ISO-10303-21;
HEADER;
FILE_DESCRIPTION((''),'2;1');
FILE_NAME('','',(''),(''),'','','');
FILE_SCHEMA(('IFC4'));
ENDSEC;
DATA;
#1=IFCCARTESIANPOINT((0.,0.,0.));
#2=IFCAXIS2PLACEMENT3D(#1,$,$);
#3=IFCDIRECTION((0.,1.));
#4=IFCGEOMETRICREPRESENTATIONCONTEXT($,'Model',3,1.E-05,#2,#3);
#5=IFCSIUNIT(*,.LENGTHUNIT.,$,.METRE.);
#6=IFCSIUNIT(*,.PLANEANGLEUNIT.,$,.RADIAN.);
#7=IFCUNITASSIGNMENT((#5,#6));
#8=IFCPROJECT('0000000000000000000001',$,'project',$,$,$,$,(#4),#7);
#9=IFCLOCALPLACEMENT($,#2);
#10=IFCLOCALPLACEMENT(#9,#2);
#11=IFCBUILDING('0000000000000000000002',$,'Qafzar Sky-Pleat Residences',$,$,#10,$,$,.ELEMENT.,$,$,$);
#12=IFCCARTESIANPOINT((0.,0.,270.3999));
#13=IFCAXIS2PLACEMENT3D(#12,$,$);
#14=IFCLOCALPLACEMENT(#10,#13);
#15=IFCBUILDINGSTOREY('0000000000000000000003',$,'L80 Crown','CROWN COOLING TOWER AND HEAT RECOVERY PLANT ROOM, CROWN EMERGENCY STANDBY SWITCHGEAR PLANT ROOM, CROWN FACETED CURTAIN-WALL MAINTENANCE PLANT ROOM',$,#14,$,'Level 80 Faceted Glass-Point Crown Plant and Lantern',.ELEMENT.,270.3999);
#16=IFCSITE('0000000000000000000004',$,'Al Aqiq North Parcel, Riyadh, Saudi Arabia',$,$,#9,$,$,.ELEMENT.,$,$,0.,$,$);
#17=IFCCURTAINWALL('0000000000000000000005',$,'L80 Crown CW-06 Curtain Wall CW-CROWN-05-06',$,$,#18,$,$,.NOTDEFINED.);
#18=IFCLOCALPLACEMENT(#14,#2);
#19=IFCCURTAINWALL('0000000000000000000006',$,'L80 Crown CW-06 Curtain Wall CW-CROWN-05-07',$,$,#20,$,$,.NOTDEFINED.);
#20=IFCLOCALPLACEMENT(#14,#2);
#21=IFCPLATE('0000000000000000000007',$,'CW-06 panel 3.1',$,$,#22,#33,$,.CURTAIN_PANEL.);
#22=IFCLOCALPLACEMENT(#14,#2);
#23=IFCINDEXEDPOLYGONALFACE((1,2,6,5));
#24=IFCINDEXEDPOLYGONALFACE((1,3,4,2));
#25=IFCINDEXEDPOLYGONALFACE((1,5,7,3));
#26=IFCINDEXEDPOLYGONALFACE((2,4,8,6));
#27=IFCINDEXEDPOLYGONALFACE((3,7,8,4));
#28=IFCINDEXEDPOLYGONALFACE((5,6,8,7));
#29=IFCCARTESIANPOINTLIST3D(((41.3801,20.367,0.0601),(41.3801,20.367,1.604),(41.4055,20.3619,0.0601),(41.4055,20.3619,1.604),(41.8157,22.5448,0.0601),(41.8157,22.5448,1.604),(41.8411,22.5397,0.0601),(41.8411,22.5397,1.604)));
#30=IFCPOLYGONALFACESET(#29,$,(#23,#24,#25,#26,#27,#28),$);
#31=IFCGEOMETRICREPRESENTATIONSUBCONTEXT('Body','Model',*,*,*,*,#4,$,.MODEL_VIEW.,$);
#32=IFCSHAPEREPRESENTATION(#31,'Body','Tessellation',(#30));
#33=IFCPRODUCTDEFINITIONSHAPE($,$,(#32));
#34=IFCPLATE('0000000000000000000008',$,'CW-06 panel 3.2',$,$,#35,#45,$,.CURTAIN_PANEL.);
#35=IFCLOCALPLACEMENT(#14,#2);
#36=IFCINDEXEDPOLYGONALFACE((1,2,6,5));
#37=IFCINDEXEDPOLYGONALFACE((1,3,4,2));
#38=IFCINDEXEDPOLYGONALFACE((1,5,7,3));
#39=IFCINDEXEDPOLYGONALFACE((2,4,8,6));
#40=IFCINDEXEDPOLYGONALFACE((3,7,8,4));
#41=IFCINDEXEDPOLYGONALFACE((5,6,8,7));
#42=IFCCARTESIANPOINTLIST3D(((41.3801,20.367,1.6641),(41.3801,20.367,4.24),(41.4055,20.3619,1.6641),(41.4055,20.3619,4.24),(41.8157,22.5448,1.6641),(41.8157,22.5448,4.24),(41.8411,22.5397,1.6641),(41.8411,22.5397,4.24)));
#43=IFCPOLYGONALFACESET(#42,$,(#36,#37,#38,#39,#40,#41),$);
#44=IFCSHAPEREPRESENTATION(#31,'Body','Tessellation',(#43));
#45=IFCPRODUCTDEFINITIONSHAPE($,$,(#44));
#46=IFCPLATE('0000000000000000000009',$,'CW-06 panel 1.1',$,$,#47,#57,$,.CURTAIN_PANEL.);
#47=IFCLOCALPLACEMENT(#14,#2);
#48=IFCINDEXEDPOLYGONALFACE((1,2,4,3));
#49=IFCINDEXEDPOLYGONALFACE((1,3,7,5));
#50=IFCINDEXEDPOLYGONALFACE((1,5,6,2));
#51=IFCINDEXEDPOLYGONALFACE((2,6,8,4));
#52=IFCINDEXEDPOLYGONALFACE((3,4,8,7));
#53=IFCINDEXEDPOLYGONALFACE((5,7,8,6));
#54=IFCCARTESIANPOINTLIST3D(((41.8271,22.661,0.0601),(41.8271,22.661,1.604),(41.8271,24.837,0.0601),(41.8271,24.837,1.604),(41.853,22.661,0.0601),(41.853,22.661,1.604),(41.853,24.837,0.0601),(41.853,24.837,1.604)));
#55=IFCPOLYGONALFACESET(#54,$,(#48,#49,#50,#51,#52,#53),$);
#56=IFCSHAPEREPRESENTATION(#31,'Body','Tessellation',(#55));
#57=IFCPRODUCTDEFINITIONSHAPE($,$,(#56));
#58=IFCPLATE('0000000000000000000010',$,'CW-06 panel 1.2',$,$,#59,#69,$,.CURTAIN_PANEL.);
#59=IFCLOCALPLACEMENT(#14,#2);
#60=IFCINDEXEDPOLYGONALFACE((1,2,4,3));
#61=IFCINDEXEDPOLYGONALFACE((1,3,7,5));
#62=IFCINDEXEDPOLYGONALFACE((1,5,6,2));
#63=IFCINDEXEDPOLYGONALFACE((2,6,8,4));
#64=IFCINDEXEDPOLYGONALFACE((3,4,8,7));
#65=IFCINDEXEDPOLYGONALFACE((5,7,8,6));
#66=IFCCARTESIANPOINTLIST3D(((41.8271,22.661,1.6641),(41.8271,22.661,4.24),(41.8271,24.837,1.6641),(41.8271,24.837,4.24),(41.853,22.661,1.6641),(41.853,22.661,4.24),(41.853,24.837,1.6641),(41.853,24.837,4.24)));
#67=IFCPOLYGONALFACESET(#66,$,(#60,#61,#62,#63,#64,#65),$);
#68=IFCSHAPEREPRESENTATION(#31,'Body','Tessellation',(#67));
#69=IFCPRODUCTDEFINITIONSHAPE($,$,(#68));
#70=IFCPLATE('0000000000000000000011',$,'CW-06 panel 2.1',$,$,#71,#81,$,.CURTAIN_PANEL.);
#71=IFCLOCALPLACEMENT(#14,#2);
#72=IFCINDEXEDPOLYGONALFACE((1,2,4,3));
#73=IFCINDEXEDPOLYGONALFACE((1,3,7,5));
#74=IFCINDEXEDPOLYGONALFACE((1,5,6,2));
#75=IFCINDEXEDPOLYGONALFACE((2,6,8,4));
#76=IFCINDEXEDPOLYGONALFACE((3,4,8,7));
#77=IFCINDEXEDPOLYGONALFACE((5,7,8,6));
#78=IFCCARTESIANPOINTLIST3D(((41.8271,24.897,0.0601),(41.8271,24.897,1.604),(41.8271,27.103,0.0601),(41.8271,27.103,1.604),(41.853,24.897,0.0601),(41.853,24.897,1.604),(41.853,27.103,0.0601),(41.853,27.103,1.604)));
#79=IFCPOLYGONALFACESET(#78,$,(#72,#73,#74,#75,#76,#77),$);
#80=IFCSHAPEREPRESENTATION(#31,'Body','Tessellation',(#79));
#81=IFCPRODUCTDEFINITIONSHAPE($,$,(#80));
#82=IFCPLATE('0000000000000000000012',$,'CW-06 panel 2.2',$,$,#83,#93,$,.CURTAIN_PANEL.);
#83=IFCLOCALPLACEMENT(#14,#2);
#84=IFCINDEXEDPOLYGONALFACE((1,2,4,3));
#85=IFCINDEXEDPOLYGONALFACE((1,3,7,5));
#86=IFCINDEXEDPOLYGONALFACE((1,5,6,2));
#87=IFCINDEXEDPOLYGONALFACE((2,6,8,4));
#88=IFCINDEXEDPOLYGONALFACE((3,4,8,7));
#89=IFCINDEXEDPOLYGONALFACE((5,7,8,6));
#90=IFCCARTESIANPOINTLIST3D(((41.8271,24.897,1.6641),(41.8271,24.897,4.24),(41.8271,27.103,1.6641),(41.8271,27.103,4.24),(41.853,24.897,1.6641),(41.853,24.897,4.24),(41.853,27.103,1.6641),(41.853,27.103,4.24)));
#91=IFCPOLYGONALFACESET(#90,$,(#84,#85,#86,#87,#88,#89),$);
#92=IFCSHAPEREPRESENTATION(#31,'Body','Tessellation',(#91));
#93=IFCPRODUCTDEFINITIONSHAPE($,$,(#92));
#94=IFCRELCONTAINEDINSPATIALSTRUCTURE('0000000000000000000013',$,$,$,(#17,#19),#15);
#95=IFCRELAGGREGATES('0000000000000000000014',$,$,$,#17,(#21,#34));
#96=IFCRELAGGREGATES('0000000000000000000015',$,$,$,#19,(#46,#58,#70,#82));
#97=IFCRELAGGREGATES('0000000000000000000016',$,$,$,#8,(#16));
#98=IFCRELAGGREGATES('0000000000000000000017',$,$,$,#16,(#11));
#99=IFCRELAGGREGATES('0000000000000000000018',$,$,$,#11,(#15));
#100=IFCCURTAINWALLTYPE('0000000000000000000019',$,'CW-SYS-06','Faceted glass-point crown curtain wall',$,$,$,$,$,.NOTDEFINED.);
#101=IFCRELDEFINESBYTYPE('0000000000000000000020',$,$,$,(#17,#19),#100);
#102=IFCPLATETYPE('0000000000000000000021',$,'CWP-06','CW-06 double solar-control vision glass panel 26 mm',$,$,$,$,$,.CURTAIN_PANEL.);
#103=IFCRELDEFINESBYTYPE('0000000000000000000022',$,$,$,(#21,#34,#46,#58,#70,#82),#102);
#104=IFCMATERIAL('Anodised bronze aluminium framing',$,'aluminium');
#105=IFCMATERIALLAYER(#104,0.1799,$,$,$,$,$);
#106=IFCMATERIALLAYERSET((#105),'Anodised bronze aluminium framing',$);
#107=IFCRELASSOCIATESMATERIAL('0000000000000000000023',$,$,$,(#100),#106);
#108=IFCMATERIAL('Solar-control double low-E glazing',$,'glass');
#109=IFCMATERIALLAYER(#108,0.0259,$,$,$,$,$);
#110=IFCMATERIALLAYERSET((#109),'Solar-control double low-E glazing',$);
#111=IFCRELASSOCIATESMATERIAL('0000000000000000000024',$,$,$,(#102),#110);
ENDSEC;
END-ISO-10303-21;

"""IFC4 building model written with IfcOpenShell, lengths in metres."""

from ifc_helpers import new_model, si_unit, direction, frame, origin, origin_2d, place, context, subcontext, project, spatial, rectangle, extrude, source, transform, mapped, material, layer, layer_set, type_object, element, aggregate, save


model = new_model("IFC4")

# Units and contexts
model_context = context("Model", 3, precision=1e-05, world=origin(), true_north=direction((0.0, 1.0)))
body_context = subcontext(model_context, "Body", "Model", "MODEL_VIEW")
ifc_project = project(units=[si_unit("LENGTHUNIT", "METRE"), si_unit("PLANEANGLEUNIT", "RADIAN")], contexts=[model_context])

# Site, building, storey
site_placement = place(None, origin())
site = spatial("IfcSite", under=ifc_project, at=site_placement, Name="Al Aqiq North Parcel, Riyadh, Saudi Arabia", CompositionType="ELEMENT", RefElevation=0.0)
building_placement = place(site_placement, origin())
building = spatial("IfcBuilding", under=site, at=building_placement, Name="Qafzar Sky-Pleat Residences", CompositionType="ELEMENT")
storey_placement = place(building_placement, frame((0.0, 0.0, 270.3999)))
storey = spatial("IfcBuildingStorey", under=building, at=storey_placement, Name="L80 Crown", Description="CROWN COOLING TOWER AND HEAT RECOVERY PLANT ROOM, CROWN EMERGENCY STANDBY SWITCHGEAR PLANT ROOM, CROWN FACETED CURTAIN-WALL MAINTENANCE PLANT ROOM", LongName="Level 80 Faceted Glass-Point Crown Plant and Lantern", CompositionType="ELEMENT", Elevation=270.3999)

# Curtain walls
ifc_material_1 = material(Name="Anodised bronze aluminium framing", Category="aluminium")
ifc_layer_1 = layer(ifc_material_1, 0.1799)
ifc_layer_set_1 = layer_set([ifc_layer_1], Name="Anodised bronze aluminium framing")
curtain_wall_type = type_object("IfcCurtainWallType", Name="CW-SYS-06", Description="Faceted glass-point crown curtain wall", PredefinedType="NOTDEFINED", material=ifc_layer_set_1)
curtain_wall_1_placement = place(storey_placement, origin())
curtain_wall_1 = element("IfcCurtainWall", 1, at=curtain_wall_1_placement, inside=storey, type_object=curtain_wall_type, Name="L80 Crown CW-06 Curtain Wall CW-CROWN-05-06", PredefinedType="NOTDEFINED")
curtain_wall_2_placement = place(storey_placement, origin())
curtain_wall_2 = element("IfcCurtainWall", 2, at=curtain_wall_2_placement, inside=storey, type_object=curtain_wall_type, Name="L80 Crown CW-06 Curtain Wall CW-CROWN-05-07", PredefinedType="NOTDEFINED")

# Plates
ifc_material_2 = material(Name="Solar-control double low-E glazing", Category="glass")
ifc_layer_2 = layer(ifc_material_2, 0.0259)
ifc_layer_set_2 = layer_set([ifc_layer_2], Name="Solar-control double low-E glazing")
plate_type = type_object("IfcPlateType", Name="CWP-06", Description="CW-06 double solar-control vision glass panel 26 mm", PredefinedType="CURTAIN_PANEL", material=ifc_layer_set_2)
shared_shape_1 = source(origin(), body_context, "Body", "SweptSolid", [
    extrude(rectangle(XDim=2.2209, YDim=0.0259, at=origin_2d()), origin(), (0.0, 0.0, 1.0), 1.5439),
])
plate_1_placement = place(storey_placement, frame((41.6106, 21.4534, 0.0601), z_axis=(0.0, 0.0, 1.0), x_axis=(0.196116, 0.980581, 0.0)))
plate_1 = element("IfcPlate", 3, at=plate_1_placement, type_object=plate_type, Name="CW-06 panel 3.1", PredefinedType="CURTAIN_PANEL", context=body_context, shape_type="MappedRepresentation", body=[
    mapped(shared_shape_1, transform((0.0, 0.0, 0.0), x_axis=(1.0, 0.0, 0.0), y_axis=(0.0, 1.0, 0.0), z_axis=(0.0, 0.0, 1.0), scale=1.0)),
])
shared_shape_2 = source(origin(), body_context, "Body", "SweptSolid", [
    extrude(rectangle(XDim=2.2209, YDim=0.0259, at=origin_2d()), origin(), (0.0, 0.0, 1.0), 2.5759),
])
plate_2_placement = place(storey_placement, frame((41.6106, 21.4534, 1.6641), z_axis=(0.0, 0.0, 1.0), x_axis=(0.196116, 0.980581, 0.0)))
plate_2 = element("IfcPlate", 4, at=plate_2_placement, type_object=plate_type, Name="CW-06 panel 3.2", PredefinedType="CURTAIN_PANEL", context=body_context, shape_type="MappedRepresentation", body=[
    mapped(shared_shape_2, transform((0.0, 0.0, 0.0), x_axis=(1.0, 0.0, 0.0), y_axis=(0.0, 1.0, 0.0), z_axis=(0.0, 0.0, 1.0), scale=1.0)),
])
aggregate(curtain_wall_1, [plate_1, plate_2])
shared_shape_3 = source(origin(), body_context, "Body", "SweptSolid", [
    extrude(rectangle(XDim=2.176, YDim=0.0259, at=origin_2d()), origin(), (0.0, 0.0, 1.0), 1.5439),
])
plate_3_placement = place(storey_placement, frame((41.8401, 23.749, 0.0601), z_axis=(0.0, 0.0, 1.0), x_axis=(0.0, 1.0, 0.0)))
plate_3 = element("IfcPlate", 5, at=plate_3_placement, type_object=plate_type, Name="CW-06 panel 1.1", PredefinedType="CURTAIN_PANEL", context=body_context, shape_type="MappedRepresentation", body=[
    mapped(shared_shape_3, transform((0.0, 0.0, 0.0), x_axis=(1.0, 0.0, 0.0), y_axis=(0.0, 1.0, 0.0), z_axis=(0.0, 0.0, 1.0), scale=1.0)),
])
shared_shape_4 = source(origin(), body_context, "Body", "SweptSolid", [
    extrude(rectangle(XDim=2.176, YDim=0.0259, at=origin_2d()), origin(), (0.0, 0.0, 1.0), 2.5759),
])
plate_4_placement = place(storey_placement, frame((41.8401, 23.749, 1.6641), z_axis=(0.0, 0.0, 1.0), x_axis=(0.0, 1.0, 0.0)))
plate_4 = element("IfcPlate", 6, at=plate_4_placement, type_object=plate_type, Name="CW-06 panel 1.2", PredefinedType="CURTAIN_PANEL", context=body_context, shape_type="MappedRepresentation", body=[
    mapped(shared_shape_4, transform((0.0, 0.0, 0.0), x_axis=(1.0, 0.0, 0.0), y_axis=(0.0, 1.0, 0.0), z_axis=(0.0, 0.0, 1.0), scale=1.0)),
])
shared_shape_5 = source(origin(), body_context, "Body", "SweptSolid", [
    extrude(rectangle(XDim=2.2061, YDim=0.0259, at=origin_2d()), origin(), (0.0, 0.0, 1.0), 1.5439),
])
plate_5_placement = place(storey_placement, frame((41.8401, 26.0, 0.0601), z_axis=(0.0, 0.0, 1.0), x_axis=(0.0, 1.0, 0.0)))
plate_5 = element("IfcPlate", 7, at=plate_5_placement, type_object=plate_type, Name="CW-06 panel 2.1", PredefinedType="CURTAIN_PANEL", context=body_context, shape_type="MappedRepresentation", body=[
    mapped(shared_shape_5, transform((0.0, 0.0, 0.0), x_axis=(1.0, 0.0, 0.0), y_axis=(0.0, 1.0, 0.0), z_axis=(0.0, 0.0, 1.0), scale=1.0)),
])
shared_shape_6 = source(origin(), body_context, "Body", "SweptSolid", [
    extrude(rectangle(XDim=2.2061, YDim=0.0259, at=origin_2d()), origin(), (0.0, 0.0, 1.0), 2.5759),
])
plate_6_placement = place(storey_placement, frame((41.8401, 26.0, 1.6641), z_axis=(0.0, 0.0, 1.0), x_axis=(0.0, 1.0, 0.0)))
plate_6 = element("IfcPlate", 8, at=plate_6_placement, type_object=plate_type, Name="CW-06 panel 2.2", PredefinedType="CURTAIN_PANEL", context=body_context, shape_type="MappedRepresentation", body=[
    mapped(shared_shape_6, transform((0.0, 0.0, 0.0), x_axis=(1.0, 0.0, 0.0), y_axis=(0.0, 1.0, 0.0), z_axis=(0.0, 0.0, 1.0), scale=1.0)),
])
aggregate(curtain_wall_2, [plate_3, plate_4, plate_5, plate_6])

save(model, "model.ifc")
